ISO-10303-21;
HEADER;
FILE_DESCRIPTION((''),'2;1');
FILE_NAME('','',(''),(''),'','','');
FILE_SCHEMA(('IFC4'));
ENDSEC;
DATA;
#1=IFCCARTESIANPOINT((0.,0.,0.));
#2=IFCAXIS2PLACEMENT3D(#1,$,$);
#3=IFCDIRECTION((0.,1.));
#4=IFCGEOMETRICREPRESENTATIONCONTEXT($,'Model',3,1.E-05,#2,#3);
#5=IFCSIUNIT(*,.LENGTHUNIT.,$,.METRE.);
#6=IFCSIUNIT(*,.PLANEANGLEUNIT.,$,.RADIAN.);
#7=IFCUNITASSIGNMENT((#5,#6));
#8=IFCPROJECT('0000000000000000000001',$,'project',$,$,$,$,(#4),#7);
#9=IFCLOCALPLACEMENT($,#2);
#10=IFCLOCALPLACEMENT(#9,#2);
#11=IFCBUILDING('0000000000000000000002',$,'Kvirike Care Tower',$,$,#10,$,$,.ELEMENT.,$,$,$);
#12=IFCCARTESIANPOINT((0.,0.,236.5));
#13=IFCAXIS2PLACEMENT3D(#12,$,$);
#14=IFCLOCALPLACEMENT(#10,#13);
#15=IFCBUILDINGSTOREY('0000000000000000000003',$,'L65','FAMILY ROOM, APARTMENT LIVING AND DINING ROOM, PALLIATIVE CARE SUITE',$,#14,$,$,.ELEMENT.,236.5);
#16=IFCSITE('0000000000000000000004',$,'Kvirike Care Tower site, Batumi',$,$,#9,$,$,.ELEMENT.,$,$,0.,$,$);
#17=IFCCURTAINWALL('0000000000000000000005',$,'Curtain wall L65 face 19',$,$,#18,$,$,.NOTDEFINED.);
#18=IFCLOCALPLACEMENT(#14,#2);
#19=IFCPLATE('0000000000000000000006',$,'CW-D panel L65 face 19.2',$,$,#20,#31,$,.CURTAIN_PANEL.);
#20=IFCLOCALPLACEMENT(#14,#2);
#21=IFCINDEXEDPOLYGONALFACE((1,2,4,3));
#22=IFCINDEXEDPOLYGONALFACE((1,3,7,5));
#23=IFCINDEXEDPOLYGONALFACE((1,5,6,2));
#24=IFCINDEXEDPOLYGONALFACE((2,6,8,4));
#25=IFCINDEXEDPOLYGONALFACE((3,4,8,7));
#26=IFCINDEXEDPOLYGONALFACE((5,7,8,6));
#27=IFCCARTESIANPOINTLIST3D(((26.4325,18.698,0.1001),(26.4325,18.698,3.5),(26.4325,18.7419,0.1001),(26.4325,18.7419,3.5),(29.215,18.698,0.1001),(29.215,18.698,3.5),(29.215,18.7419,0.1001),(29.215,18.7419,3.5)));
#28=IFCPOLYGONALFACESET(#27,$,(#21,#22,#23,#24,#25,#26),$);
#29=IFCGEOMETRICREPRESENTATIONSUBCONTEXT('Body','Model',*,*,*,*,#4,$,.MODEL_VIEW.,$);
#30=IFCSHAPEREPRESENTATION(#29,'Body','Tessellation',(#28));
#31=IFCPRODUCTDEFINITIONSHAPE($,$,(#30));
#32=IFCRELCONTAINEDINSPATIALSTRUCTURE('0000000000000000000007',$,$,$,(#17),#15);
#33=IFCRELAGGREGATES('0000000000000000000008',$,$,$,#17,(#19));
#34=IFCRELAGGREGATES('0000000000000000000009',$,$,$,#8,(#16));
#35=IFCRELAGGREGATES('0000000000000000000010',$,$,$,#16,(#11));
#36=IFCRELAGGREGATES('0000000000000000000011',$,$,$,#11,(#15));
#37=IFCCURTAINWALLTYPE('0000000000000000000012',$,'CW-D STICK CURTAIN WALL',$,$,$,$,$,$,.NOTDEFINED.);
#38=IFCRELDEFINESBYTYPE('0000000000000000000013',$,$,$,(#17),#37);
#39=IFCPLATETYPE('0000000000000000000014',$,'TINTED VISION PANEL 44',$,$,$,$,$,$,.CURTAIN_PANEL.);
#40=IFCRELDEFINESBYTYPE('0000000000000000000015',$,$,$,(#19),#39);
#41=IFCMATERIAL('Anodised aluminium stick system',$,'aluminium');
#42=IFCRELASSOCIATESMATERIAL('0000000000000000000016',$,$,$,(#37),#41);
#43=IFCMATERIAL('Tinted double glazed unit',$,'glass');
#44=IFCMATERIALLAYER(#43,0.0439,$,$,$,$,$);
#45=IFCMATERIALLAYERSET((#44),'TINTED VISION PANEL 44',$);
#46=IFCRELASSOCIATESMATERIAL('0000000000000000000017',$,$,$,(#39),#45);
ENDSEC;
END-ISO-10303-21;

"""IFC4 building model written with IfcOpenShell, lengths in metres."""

from ifc_helpers import new_model, si_unit, direction, frame, origin, origin_2d, place, context, subcontext, project, spatial, rectangle, extrude, material, layer, layer_set, type_object, element, aggregate, save


model = new_model("IFC4")

# Units and contexts
model_context = context("Model", 3, precision=1e-05, world=origin(), true_north=direction((0.0, 1.0)))
body_context = subcontext(model_context, "Body", "Model", "MODEL_VIEW")
ifc_project = project(units=[si_unit("LENGTHUNIT", "METRE"), si_unit("PLANEANGLEUNIT", "RADIAN")], contexts=[model_context])

# Site, building, storey
site_placement = place(None, origin())
site = spatial("IfcSite", under=ifc_project, at=site_placement, Name="Kvirike Care Tower site, Batumi", CompositionType="ELEMENT", RefElevation=0.0)
building_placement = place(site_placement, origin())
building = spatial("IfcBuilding", under=site, at=building_placement, Name="Kvirike Care Tower", CompositionType="ELEMENT")
storey_placement = place(building_placement, frame((0.0, 0.0, 236.5)))
storey = spatial("IfcBuildingStorey", under=building, at=storey_placement, Name="L65", Description="FAMILY ROOM, APARTMENT LIVING AND DINING ROOM, PALLIATIVE CARE SUITE", CompositionType="ELEMENT", Elevation=236.5)

# Shared definitions
ifc_material_1 = material(Name="Anodised aluminium stick system", Category="aluminium")
curtain_wall_type = type_object("IfcCurtainWallType", Name="CW-D STICK CURTAIN WALL", PredefinedType="NOTDEFINED", material=ifc_material_1)

# Curtain wall
curtain_wall_1_placement = place(storey_placement, origin())
curtain_wall_1 = element("IfcCurtainWall", 1, at=curtain_wall_1_placement, inside=storey, type_object=curtain_wall_type, Name="Curtain wall L65 face 19", PredefinedType="NOTDEFINED")

# Plate
ifc_material_2 = material(Name="Tinted double glazed unit", Category="glass")
ifc_layer = layer(ifc_material_2, 0.0439)
ifc_layer_set = layer_set([ifc_layer], Name="TINTED VISION PANEL 44")
plate_type = type_object("IfcPlateType", Name="TINTED VISION PANEL 44", PredefinedType="CURTAIN_PANEL", material=ifc_layer_set)
plate_1_placement = place(storey_placement, frame((27.8237, 18.72, 0.1001), z_axis=(0.0, 0.0, 1.0), x_axis=(1.0, 0.0, 0.0)))
plate_1 = element("IfcPlate", 2, at=plate_1_placement, type_object=plate_type, Name="CW-D panel L65 face 19.2", PredefinedType="CURTAIN_PANEL", context=body_context, shape_type="SweptSolid", body=[
    extrude(rectangle(XDim=2.7825, YDim=0.0439, at=origin_2d()), origin(), (0.0, 0.0, 1.0), 3.3999),
])
aggregate(curtain_wall_1, [plate_1])

save(model, "model.ifc")
